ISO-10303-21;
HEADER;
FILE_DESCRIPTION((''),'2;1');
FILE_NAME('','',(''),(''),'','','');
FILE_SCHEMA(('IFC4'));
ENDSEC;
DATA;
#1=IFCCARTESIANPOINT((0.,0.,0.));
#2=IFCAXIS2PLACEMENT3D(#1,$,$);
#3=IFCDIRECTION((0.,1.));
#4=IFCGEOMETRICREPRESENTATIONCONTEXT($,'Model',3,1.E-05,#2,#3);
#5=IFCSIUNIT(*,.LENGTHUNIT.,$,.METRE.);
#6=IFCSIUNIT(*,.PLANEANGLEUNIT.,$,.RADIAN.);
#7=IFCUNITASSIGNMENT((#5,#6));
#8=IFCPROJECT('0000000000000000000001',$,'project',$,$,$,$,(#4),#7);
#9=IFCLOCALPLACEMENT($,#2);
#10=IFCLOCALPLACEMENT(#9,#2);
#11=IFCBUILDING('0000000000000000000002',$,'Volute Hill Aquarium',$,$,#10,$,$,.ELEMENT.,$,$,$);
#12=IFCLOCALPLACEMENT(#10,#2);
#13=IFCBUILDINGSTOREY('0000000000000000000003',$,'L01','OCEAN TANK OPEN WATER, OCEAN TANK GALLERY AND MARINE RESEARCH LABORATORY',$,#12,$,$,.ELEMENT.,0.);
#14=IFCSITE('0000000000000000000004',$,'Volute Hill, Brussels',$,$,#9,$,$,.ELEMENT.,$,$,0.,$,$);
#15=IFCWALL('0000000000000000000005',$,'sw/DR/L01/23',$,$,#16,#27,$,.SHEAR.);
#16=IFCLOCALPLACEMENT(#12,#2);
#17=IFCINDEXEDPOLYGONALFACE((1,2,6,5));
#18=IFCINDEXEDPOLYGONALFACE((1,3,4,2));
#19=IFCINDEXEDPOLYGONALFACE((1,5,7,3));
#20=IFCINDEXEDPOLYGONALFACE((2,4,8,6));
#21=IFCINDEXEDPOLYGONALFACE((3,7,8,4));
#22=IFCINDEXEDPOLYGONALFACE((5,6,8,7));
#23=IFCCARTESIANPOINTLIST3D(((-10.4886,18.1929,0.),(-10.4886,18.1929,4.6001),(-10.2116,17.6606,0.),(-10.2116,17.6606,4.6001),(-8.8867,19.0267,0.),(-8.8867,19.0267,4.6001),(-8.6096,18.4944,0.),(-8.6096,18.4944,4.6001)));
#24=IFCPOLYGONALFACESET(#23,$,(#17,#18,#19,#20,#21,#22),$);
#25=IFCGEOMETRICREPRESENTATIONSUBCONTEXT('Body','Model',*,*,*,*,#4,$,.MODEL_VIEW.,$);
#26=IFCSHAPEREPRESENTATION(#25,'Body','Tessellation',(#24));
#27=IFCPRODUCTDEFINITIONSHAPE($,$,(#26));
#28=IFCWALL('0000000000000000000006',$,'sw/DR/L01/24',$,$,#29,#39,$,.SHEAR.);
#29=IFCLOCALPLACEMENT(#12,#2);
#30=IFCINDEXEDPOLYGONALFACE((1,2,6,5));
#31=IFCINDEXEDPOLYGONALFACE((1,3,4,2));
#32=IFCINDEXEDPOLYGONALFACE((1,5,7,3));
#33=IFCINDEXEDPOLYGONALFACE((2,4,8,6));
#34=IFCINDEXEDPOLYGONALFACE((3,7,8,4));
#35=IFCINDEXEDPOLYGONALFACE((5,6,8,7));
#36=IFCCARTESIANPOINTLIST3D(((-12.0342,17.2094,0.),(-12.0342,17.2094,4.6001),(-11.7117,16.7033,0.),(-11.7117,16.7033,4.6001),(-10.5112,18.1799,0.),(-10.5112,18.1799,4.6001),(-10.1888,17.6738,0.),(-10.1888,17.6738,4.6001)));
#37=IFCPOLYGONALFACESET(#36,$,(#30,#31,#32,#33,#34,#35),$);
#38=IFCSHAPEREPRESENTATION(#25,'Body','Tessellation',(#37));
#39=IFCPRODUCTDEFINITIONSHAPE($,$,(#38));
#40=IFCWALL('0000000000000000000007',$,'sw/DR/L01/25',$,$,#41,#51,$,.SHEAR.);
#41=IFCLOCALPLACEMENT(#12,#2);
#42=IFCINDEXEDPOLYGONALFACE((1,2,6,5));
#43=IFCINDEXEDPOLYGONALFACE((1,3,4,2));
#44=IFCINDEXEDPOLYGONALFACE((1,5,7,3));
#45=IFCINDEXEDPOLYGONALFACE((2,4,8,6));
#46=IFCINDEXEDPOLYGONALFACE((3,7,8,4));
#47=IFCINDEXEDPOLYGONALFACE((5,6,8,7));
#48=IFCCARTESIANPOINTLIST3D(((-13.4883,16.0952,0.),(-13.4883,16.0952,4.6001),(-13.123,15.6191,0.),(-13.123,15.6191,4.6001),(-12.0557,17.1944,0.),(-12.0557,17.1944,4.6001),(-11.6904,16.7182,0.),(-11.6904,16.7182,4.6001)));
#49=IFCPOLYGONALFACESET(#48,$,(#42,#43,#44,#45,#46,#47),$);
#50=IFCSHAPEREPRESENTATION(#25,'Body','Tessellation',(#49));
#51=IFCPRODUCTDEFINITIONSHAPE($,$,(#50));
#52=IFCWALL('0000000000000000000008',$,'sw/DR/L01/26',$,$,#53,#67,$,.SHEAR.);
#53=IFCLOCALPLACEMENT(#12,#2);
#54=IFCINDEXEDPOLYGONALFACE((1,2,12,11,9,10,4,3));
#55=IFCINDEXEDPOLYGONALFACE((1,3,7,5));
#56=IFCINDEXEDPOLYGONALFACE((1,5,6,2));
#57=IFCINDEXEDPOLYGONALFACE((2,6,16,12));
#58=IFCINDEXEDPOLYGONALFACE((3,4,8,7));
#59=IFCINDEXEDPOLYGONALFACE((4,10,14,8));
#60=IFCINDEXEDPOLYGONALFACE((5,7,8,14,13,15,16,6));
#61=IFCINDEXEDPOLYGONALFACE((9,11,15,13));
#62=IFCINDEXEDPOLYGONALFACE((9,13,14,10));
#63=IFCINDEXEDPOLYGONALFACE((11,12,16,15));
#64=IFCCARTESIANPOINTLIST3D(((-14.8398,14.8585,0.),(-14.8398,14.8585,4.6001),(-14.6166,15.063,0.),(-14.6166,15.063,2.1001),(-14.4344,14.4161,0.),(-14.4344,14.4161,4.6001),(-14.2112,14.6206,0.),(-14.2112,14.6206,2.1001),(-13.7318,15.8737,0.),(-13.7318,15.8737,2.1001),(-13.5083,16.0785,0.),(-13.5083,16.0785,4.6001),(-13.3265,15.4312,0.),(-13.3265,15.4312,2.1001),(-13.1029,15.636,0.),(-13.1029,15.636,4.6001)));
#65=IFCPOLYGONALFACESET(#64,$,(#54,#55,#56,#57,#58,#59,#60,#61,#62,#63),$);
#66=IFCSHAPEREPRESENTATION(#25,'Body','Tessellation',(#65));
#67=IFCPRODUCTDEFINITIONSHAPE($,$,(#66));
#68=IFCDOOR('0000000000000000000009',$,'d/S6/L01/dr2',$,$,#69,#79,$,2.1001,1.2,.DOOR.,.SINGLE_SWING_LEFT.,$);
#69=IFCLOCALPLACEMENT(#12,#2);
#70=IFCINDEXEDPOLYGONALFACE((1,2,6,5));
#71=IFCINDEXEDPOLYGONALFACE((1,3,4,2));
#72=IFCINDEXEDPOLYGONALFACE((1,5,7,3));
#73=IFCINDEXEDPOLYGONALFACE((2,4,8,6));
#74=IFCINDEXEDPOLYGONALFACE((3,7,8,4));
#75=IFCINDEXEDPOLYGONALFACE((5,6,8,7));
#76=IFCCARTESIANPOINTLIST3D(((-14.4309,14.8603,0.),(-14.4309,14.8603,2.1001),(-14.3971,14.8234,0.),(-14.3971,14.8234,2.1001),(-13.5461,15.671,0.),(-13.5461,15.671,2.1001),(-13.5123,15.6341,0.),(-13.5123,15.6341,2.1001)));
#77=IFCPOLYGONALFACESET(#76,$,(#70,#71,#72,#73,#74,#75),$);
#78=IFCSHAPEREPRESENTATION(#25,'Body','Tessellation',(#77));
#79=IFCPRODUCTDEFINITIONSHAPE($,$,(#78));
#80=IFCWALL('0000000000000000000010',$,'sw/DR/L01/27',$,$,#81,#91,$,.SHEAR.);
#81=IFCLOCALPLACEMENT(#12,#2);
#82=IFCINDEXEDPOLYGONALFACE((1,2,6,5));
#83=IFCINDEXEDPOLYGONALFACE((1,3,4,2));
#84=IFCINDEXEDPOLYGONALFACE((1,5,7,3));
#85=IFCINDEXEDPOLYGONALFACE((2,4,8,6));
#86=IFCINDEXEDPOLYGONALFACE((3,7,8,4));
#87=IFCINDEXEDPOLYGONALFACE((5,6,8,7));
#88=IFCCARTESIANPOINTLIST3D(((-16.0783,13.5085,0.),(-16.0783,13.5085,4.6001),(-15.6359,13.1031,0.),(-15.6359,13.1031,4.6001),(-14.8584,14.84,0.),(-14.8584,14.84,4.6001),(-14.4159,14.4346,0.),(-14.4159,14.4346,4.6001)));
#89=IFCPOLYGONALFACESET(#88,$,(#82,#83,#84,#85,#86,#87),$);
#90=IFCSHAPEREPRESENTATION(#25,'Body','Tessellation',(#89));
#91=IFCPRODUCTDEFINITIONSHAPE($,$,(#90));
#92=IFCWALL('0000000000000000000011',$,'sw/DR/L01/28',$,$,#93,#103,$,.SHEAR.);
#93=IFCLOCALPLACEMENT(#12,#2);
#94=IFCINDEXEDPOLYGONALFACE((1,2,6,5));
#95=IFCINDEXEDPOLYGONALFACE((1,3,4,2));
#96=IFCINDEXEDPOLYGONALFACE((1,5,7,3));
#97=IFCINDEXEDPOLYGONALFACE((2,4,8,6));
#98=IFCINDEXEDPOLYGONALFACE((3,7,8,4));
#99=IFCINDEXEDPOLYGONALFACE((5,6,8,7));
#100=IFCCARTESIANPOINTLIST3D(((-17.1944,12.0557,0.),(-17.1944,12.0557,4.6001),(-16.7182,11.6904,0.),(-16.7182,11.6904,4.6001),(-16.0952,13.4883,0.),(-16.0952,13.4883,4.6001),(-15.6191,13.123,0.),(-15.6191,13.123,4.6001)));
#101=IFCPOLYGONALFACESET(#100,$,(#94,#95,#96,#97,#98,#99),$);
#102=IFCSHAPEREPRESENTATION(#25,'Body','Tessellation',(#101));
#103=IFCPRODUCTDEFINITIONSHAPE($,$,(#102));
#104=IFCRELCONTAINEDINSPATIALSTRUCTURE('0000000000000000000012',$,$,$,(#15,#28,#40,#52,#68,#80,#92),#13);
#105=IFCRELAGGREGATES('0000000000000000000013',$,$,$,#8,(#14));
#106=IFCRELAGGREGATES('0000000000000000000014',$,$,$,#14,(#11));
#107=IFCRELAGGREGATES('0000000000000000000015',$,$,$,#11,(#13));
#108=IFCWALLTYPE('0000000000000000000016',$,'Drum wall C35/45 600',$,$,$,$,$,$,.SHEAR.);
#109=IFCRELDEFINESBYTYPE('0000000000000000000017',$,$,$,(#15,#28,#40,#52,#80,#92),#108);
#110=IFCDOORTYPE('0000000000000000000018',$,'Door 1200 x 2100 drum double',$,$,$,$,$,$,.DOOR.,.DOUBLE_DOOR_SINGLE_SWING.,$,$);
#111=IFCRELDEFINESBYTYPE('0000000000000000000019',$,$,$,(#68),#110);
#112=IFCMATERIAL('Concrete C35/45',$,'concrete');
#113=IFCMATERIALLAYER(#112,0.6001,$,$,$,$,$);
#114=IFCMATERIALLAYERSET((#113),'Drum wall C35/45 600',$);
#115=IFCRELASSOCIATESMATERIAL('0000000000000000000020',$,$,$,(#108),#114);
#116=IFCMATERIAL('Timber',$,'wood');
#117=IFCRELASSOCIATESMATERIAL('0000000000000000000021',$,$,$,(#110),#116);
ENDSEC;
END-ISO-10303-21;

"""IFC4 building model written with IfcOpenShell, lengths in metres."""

from ifc_helpers import new_model, si_unit, direction, frame, frame_2d, origin, place, context, subcontext, project, spatial, rectangle, extrude, material, layer, layer_set, type_object, element, fill, save


model = new_model("IFC4")

# Units and contexts
model_context = context("Model", 3, precision=1e-05, world=origin(), true_north=direction((0.0, 1.0)))
body_context = subcontext(model_context, "Body", "Model", "MODEL_VIEW")
ifc_project = project(units=[si_unit("LENGTHUNIT", "METRE"), si_unit("PLANEANGLEUNIT", "RADIAN")], contexts=[model_context])

# Site, building, storey
site_placement = place(None, origin())
site = spatial("IfcSite", under=ifc_project, at=site_placement, Name="Volute Hill, Brussels", CompositionType="ELEMENT", RefElevation=0.0)
building_placement = place(site_placement, origin())
building = spatial("IfcBuilding", under=site, at=building_placement, Name="Volute Hill Aquarium", CompositionType="ELEMENT")
storey_placement = place(building_placement, origin())
storey = spatial("IfcBuildingStorey", under=building, at=storey_placement, Name="L01", Description="OCEAN TANK OPEN WATER, OCEAN TANK GALLERY AND MARINE RESEARCH LABORATORY", CompositionType="ELEMENT", Elevation=0.0)

# Walls
ifc_material_1 = material(Name="Concrete C35/45", Category="concrete")
ifc_layer_1 = layer(ifc_material_1, 0.6001)
ifc_layer_set_1 = layer_set([ifc_layer_1], Name="Drum wall C35/45 600")
wall_type_1 = type_object("IfcWallType", Name="Drum wall C35/45 600", PredefinedType="SHEAR", material=ifc_layer_set_1)
for number, where, z_axis, x_axis, name in (
    (1, (-8.7483, 18.7605, 0.0), (0.0, 0.0, 1.0), (-0.887035, -0.461702, 0.0), "sw/DR/L01/23"),
    (2, (-10.3501, 17.9268, 0.0), (0.0, 0.0, 1.0), (-0.843333, -0.537392, 0.0), "sw/DR/L01/24"),
):
    element("IfcWall", number, at=place(storey_placement, frame(where, z_axis=z_axis, x_axis=x_axis)), inside=storey, type_object=wall_type_1, Name=name, PredefinedType="SHEAR", context=body_context, shape_type="SweptSolid", body=[
        extrude(rectangle(XDim=1.8059, YDim=0.6001, at=frame_2d((0.9028, 0.0))), origin(), (0.0, 0.0, 1.0), 4.6001),
    ])
wall_1_placement = place(storey_placement, frame((-11.873, 16.9563, 0.0), z_axis=(0.0, 0.0, 1.0), x_axis=(-0.793397, -0.608704, 0.0)))
element("IfcWall", 3, at=wall_1_placement, inside=storey, type_object=wall_type_1, Name="sw/DR/L01/25", PredefinedType="SHEAR", context=body_context, shape_type="SweptSolid", body=[
    extrude(rectangle(XDim=1.8057, YDim=0.6001, at=frame_2d((0.9028, 0.0))), origin(), (0.0, 0.0, 1.0), 4.6001),
])

# Wall, opening, door
wall_2_placement = place(storey_placement, frame((-13.3057, 15.8572, 0.0), z_axis=(0.0, 0.0, 1.0), x_axis=(-0.737322, -0.675541, 0.0)))
wall_2 = element("IfcWall", 4, at=wall_2_placement, inside=storey, type_object=wall_type_1, Name="sw/DR/L01/26", PredefinedType="SHEAR", context=body_context, shape_type="SweptSolid", body=[
    extrude(rectangle(XDim=1.8059, YDim=0.6001, at=frame_2d((0.9028, 0.0))), origin(), (0.0, 0.0, 1.0), 4.6001),
])
opening_placement = place(wall_2_placement, frame((0.303, 0.0, 0.0)))
opening = element("IfcOpeningElement", 5, at=opening_placement, cuts=wall_2, PredefinedType="OPENING", context=body_context, shape_type="SweptSolid", body=[
    extrude(rectangle(XDim=1.2, YDim=2.1001, at=frame_2d((0.6001, 1.05))), frame((0.0, 0.3101, 0.0), z_axis=(0.0, -1.0, 0.0), x_axis=(1.0, 0.0, 0.0)), (0.0, 0.0, 1.0), 0.6201),
])
ifc_material_2 = material(Name="Timber", Category="wood")
door_type = type_object("IfcDoorType", Name="Door 1200 x 2100 drum double", OperationType="DOUBLE_DOOR_SINGLE_SWING", PredefinedType="DOOR", material=ifc_material_2)
door_placement = place(opening_placement, origin())
door = element("IfcDoor", 6, at=door_placement, inside=storey, type_object=door_type, Name="d/S6/L01/dr2", OperationType="SINGLE_SWING_LEFT", OverallHeight=2.1001, OverallWidth=1.2, PredefinedType="DOOR", context=body_context, shape_type="SweptSolid", body=[
    extrude(rectangle(XDim=1.2, YDim=2.1001, at=frame_2d((0.6001, 1.05))), frame((0.0, 0.0249, 0.0), z_axis=(0.0, -1.0, 0.0), x_axis=(1.0, 0.0, 0.0)), (0.0, 0.0, 1.0), 0.05),
])
fill(opening, door)

# Walls
wall_3_placement = place(storey_placement, frame((-14.6372, 14.6372, 0.0), z_axis=(0.0, 0.0, 1.0), x_axis=(-0.675541, -0.737322, 0.0)))
element("IfcWall", 7, at=wall_3_placement, inside=storey, type_object=wall_type_1, Name="sw/DR/L01/27", PredefinedType="SHEAR", context=body_context, shape_type="SweptSolid", body=[
    extrude(rectangle(XDim=1.8059, YDim=0.6001, at=frame_2d((0.9028, 0.0))), origin(), (0.0, 0.0, 1.0), 4.6001),
])
wall_4_placement = place(storey_placement, frame((-15.8572, 13.3057, 0.0), z_axis=(0.0, 0.0, 1.0), x_axis=(-0.608704, -0.793397, 0.0)))
element("IfcWall", 8, at=wall_4_placement, inside=storey, type_object=wall_type_1, Name="sw/DR/L01/28", PredefinedType="SHEAR", context=body_context, shape_type="SweptSolid", body=[
    extrude(rectangle(XDim=1.8057, YDim=0.6001, at=frame_2d((0.9028, 0.0))), origin(), (0.0, 0.0, 1.0), 4.6001),
])

save(model, "model.ifc")
